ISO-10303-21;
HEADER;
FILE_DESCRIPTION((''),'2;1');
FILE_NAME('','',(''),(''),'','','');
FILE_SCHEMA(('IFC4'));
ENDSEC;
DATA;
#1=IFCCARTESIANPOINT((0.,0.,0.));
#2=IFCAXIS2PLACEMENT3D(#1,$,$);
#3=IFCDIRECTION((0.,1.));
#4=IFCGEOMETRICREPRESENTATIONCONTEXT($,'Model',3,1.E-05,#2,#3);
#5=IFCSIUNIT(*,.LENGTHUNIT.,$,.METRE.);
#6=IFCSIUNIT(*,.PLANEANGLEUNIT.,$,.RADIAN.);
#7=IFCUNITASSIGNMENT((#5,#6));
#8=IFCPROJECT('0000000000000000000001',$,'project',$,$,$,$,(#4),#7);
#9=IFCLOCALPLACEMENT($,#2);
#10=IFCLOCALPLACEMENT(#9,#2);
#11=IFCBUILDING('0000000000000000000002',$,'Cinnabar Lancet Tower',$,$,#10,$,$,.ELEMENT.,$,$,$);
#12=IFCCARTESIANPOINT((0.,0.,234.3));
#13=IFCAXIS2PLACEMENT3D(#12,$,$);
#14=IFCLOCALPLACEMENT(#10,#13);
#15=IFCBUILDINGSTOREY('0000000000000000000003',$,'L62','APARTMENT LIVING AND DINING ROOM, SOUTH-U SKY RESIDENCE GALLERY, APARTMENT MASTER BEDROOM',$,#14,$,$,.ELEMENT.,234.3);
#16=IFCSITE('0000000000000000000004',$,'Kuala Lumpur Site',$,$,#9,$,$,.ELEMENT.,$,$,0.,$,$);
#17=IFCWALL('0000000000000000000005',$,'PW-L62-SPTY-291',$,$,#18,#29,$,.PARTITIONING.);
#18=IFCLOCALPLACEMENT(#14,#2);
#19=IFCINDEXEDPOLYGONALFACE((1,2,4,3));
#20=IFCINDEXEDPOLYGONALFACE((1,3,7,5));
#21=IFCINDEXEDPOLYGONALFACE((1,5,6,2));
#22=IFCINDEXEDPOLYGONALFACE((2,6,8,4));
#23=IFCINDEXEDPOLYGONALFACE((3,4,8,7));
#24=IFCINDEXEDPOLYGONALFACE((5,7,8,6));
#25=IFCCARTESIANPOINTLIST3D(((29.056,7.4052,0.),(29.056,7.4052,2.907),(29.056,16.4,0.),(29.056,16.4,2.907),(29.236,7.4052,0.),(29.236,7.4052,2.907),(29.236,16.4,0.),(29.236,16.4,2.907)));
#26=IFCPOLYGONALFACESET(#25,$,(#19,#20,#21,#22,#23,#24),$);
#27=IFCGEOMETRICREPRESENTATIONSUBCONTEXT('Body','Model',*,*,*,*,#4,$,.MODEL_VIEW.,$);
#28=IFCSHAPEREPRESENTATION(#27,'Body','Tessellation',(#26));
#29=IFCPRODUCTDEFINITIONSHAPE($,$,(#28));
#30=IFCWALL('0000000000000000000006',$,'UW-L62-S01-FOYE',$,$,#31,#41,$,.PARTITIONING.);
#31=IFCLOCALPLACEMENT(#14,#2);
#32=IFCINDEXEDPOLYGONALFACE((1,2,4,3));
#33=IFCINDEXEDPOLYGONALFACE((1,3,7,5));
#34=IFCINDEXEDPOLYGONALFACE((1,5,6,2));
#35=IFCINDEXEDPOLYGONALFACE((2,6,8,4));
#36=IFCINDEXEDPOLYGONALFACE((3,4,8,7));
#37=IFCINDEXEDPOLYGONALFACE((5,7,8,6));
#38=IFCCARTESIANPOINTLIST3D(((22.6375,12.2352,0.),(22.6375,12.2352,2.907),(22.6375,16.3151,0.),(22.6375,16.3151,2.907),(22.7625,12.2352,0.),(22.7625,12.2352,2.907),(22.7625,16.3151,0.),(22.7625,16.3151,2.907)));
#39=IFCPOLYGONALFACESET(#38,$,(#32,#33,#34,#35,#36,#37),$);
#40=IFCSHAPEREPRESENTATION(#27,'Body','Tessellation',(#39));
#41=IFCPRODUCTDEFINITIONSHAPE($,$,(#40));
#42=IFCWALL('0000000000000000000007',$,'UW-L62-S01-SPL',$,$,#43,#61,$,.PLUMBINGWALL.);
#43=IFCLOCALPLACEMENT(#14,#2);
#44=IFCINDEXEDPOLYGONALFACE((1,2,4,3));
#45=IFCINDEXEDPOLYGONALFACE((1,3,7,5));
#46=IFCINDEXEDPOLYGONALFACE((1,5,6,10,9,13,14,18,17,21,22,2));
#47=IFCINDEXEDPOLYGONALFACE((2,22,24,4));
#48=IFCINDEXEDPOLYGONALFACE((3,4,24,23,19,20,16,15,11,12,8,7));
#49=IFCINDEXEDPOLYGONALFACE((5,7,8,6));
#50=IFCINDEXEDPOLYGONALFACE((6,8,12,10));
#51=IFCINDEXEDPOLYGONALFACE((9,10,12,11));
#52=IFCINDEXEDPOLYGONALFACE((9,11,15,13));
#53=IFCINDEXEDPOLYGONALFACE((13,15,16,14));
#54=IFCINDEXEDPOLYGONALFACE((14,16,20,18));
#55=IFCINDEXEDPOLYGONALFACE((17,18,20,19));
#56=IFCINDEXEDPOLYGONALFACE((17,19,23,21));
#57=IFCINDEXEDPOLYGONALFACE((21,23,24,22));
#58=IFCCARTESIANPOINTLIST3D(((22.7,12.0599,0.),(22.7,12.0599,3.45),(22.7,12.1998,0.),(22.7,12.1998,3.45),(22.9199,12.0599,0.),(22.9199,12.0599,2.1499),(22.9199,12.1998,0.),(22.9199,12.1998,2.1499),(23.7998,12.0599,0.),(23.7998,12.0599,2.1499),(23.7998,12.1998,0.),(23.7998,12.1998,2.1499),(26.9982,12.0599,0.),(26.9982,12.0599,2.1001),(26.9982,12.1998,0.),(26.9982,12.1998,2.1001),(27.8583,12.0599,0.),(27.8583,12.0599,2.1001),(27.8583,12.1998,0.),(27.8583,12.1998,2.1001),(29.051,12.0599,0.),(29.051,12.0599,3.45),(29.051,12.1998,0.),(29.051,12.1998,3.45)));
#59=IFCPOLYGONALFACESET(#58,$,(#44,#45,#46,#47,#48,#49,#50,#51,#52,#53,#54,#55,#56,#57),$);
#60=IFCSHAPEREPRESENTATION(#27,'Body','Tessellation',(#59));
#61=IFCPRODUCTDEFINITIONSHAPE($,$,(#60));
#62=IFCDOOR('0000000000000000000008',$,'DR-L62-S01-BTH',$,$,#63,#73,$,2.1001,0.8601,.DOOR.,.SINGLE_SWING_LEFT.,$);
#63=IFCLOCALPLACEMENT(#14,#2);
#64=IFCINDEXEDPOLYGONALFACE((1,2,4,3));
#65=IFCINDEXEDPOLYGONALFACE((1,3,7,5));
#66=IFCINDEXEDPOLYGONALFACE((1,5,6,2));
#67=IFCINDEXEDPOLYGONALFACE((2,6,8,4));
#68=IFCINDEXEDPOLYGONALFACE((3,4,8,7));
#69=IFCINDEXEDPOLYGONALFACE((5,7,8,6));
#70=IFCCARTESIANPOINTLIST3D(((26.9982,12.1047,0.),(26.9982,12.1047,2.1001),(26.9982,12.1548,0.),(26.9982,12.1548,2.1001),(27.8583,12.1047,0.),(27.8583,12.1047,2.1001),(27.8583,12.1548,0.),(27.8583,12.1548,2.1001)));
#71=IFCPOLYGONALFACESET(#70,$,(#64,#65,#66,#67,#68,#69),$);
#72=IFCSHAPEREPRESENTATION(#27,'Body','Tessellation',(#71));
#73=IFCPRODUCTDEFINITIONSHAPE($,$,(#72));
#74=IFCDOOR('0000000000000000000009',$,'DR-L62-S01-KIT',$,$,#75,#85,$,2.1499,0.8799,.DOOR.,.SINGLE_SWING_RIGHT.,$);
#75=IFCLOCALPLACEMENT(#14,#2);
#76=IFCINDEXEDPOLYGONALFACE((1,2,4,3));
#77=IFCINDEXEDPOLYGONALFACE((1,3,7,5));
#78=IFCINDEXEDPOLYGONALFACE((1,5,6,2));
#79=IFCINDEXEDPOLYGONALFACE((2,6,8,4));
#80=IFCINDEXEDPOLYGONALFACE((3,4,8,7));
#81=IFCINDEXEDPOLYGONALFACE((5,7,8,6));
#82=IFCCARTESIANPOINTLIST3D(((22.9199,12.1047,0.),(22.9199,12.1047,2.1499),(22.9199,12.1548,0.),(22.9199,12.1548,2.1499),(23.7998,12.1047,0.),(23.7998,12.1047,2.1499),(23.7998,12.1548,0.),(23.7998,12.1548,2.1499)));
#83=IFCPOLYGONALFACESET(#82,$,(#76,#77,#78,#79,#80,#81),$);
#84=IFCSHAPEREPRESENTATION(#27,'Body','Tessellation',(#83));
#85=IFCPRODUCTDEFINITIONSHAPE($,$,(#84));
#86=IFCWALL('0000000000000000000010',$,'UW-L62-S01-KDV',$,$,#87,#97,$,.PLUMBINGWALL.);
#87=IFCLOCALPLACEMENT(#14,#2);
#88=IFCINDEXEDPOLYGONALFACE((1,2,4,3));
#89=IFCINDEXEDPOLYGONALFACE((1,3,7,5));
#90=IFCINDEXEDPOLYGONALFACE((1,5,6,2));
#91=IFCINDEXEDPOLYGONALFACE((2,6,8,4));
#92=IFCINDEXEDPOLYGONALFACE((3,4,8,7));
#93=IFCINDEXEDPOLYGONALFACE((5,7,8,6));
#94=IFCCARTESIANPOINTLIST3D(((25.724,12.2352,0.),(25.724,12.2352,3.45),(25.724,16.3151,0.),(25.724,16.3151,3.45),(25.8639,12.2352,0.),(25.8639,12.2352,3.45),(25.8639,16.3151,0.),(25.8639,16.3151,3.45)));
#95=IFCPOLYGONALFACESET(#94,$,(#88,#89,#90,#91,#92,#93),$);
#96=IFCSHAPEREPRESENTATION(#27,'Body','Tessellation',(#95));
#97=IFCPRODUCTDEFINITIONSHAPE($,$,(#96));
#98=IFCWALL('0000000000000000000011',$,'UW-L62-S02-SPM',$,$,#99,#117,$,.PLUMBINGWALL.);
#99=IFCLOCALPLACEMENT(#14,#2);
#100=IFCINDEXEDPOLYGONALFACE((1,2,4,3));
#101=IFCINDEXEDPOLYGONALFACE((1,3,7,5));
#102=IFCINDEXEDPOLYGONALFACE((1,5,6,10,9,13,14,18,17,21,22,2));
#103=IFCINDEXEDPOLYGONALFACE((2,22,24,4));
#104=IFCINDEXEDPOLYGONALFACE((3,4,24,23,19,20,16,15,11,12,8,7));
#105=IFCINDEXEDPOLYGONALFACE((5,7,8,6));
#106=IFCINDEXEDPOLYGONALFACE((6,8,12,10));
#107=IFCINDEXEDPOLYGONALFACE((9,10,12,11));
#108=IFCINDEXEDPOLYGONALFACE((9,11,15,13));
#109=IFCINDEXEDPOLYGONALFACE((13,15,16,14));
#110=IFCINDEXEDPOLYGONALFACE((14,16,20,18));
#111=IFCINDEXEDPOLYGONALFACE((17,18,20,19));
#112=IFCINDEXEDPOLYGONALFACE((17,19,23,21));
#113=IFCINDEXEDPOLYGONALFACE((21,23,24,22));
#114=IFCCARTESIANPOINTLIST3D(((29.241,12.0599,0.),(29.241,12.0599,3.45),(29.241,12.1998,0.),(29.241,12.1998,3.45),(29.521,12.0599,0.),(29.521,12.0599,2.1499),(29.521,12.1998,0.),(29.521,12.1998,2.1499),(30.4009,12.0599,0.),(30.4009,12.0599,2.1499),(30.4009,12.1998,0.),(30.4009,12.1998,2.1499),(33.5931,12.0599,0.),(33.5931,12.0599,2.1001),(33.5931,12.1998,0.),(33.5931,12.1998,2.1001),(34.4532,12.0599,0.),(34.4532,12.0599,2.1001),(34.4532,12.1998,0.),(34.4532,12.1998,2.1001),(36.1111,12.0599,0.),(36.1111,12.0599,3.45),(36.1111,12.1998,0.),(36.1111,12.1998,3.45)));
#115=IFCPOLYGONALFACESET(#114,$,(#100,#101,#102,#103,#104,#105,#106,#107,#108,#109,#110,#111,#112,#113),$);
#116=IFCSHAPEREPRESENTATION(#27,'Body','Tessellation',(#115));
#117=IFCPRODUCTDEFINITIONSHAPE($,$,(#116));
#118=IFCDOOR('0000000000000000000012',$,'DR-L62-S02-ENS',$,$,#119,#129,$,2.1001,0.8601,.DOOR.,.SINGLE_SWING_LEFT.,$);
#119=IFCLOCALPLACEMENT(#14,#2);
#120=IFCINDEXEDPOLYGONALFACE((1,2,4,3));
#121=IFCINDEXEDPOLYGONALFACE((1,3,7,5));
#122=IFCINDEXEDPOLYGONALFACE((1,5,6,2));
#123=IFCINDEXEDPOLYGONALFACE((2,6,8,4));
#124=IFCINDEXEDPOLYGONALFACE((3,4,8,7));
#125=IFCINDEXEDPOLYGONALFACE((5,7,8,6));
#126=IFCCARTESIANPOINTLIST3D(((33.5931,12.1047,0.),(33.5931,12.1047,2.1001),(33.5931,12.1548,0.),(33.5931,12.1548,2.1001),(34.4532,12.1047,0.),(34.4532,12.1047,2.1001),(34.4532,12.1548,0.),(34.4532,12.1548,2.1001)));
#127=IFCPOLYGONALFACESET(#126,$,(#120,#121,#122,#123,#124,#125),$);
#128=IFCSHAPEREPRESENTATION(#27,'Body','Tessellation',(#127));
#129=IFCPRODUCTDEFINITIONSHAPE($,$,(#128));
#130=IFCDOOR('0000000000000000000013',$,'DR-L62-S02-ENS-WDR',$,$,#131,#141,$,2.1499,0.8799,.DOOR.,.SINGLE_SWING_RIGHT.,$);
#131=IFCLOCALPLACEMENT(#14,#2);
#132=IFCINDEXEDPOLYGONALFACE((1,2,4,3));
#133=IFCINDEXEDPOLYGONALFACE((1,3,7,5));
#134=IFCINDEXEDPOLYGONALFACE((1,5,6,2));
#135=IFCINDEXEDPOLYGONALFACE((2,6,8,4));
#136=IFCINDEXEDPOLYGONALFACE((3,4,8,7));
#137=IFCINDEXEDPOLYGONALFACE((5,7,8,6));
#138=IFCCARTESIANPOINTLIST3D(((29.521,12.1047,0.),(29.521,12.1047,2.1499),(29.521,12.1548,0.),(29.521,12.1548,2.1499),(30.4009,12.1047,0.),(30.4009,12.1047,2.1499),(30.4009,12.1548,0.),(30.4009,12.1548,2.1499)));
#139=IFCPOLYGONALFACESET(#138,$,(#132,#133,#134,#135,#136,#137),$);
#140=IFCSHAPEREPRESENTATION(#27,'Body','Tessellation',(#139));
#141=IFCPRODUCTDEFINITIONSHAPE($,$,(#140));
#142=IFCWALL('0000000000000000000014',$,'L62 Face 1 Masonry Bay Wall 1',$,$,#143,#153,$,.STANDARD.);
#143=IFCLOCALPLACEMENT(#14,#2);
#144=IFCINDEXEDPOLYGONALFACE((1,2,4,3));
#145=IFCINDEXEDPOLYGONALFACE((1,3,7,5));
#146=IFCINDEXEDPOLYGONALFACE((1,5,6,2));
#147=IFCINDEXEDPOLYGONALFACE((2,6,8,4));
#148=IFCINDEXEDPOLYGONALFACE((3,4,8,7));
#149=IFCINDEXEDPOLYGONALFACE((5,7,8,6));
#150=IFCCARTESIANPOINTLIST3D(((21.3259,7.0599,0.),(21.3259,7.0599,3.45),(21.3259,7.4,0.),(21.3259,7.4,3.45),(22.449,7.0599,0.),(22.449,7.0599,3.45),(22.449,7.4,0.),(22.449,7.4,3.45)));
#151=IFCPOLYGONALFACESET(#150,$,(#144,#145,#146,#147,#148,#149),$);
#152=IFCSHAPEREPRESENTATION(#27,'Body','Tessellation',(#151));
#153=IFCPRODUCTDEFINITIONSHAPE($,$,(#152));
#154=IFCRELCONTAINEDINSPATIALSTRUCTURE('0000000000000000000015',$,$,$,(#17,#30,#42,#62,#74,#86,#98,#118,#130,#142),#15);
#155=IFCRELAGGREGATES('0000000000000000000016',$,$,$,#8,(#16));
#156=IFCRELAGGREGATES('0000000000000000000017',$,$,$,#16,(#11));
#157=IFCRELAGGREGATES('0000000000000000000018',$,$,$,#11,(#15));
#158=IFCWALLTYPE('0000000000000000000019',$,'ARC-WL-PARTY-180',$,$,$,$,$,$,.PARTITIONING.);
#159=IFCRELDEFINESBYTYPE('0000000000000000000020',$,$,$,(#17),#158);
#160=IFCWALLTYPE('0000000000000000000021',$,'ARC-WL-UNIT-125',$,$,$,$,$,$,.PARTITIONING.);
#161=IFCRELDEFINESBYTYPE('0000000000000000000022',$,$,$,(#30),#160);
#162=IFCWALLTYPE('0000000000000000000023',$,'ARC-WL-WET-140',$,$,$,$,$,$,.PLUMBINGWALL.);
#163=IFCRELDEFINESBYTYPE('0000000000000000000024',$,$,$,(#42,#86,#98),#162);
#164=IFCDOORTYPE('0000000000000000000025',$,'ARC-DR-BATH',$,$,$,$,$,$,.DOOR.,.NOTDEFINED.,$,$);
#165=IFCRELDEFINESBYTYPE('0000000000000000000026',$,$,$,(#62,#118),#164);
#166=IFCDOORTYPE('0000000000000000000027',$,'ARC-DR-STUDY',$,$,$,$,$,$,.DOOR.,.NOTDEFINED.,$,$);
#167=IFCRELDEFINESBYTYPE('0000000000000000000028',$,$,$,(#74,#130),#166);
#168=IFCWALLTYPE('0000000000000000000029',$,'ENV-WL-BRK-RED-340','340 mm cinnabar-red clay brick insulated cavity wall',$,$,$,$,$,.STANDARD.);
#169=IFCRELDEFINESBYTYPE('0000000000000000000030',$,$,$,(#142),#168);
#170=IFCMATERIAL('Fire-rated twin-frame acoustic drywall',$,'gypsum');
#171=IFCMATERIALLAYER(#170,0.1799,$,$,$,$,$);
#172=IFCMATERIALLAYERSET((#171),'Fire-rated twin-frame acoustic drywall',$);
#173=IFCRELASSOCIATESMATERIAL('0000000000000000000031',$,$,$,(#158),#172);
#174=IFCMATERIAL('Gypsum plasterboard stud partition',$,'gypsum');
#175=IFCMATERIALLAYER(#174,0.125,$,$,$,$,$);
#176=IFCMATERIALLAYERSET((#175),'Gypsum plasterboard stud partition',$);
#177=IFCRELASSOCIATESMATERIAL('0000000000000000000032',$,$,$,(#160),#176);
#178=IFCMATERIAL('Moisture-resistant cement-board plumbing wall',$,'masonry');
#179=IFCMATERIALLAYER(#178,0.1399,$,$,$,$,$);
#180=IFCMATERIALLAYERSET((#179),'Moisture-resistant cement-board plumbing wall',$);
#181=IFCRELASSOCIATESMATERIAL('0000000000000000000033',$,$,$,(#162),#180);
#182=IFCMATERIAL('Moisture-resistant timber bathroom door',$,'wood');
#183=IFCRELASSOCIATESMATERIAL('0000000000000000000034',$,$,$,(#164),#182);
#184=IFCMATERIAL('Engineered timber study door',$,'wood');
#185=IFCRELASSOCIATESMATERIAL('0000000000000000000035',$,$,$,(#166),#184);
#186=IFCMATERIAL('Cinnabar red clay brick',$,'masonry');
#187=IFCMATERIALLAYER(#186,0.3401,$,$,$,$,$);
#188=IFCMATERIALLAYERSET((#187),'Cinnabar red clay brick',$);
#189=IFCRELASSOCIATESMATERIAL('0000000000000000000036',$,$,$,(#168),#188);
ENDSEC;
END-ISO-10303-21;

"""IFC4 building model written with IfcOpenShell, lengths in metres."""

from ifc_helpers import new_model, si_unit, direction, frame, frame_2d, origin, place, context, subcontext, project, spatial, rectangle, extrude, material, layer, layer_set, type_object, element, fill, save


model = new_model("IFC4")

# Units and contexts
model_context = context("Model", 3, precision=1e-05, world=origin(), true_north=direction((0.0, 1.0)))
body_context = subcontext(model_context, "Body", "Model", "MODEL_VIEW")
ifc_project = project(units=[si_unit("LENGTHUNIT", "METRE"), si_unit("PLANEANGLEUNIT", "RADIAN")], contexts=[model_context])

# Site, building, storey
site_placement = place(None, origin())
site = spatial("IfcSite", under=ifc_project, at=site_placement, Name="Kuala Lumpur Site", CompositionType="ELEMENT", RefElevation=0.0)
building_placement = place(site_placement, origin())
building = spatial("IfcBuilding", under=site, at=building_placement, Name="Cinnabar Lancet Tower", CompositionType="ELEMENT")
storey_placement = place(building_placement, frame((0.0, 0.0, 234.3)))
storey = spatial("IfcBuildingStorey", under=building, at=storey_placement, Name="L62", Description="APARTMENT LIVING AND DINING ROOM, SOUTH-U SKY RESIDENCE GALLERY, APARTMENT MASTER BEDROOM", CompositionType="ELEMENT", Elevation=234.3)

# Walls
ifc_material_1 = material(Name="Fire-rated twin-frame acoustic drywall", Category="gypsum")
ifc_layer_1 = layer(ifc_material_1, 0.1799)
ifc_layer_set_1 = layer_set([ifc_layer_1], Name="Fire-rated twin-frame acoustic drywall")
wall_type_1 = type_object("IfcWallType", Name="ARC-WL-PARTY-180", PredefinedType="PARTITIONING", material=ifc_layer_set_1)
wall_1_placement = place(storey_placement, frame((29.146, 7.405, 0.0), z_axis=(0.0, 0.0, 1.0), x_axis=(0.0, 1.0, 0.0)))
element("IfcWall", 1, at=wall_1_placement, inside=storey, type_object=wall_type_1, Name="PW-L62-SPTY-291", PredefinedType="PARTITIONING", context=body_context, shape_type="SweptSolid", body=[
    extrude(rectangle(XDim=8.9949, YDim=0.1799, at=frame_2d((4.4976, 0.0))), origin(), (0.0, 0.0, 1.0), 2.907),
])
ifc_material_2 = material(Name="Gypsum plasterboard stud partition", Category="gypsum")
ifc_layer_2 = layer(ifc_material_2, 0.125)
ifc_layer_set_2 = layer_set([ifc_layer_2], Name="Gypsum plasterboard stud partition")
wall_type_2 = type_object("IfcWallType", Name="ARC-WL-UNIT-125", PredefinedType="PARTITIONING", material=ifc_layer_set_2)
wall_2_placement = place(storey_placement, frame((22.7, 12.2351, 0.0), z_axis=(0.0, 0.0, 1.0), x_axis=(0.0, 1.0, 0.0)))
element("IfcWall", 2, at=wall_2_placement, inside=storey, type_object=wall_type_2, Name="UW-L62-S01-FOYE", PredefinedType="PARTITIONING", context=body_context, shape_type="SweptSolid", body=[
    extrude(rectangle(XDim=4.0798, YDim=0.125, at=frame_2d((2.04, 0.0))), origin(), (0.0, 0.0, 1.0), 2.907),
])

# Wall, openings, doors
ifc_material_3 = material(Name="Moisture-resistant cement-board plumbing wall", Category="masonry")
ifc_layer_3 = layer(ifc_material_3, 0.1399)
ifc_layer_set_3 = layer_set([ifc_layer_3], Name="Moisture-resistant cement-board plumbing wall")
wall_type_3 = type_object("IfcWallType", Name="ARC-WL-WET-140", PredefinedType="PLUMBINGWALL", material=ifc_layer_set_3)
wall_3_placement = place(storey_placement, frame((22.7, 12.1299, 0.0), z_axis=(0.0, 0.0, 1.0), x_axis=(1.0, 0.0, 0.0)))
wall_3 = element("IfcWall", 3, at=wall_3_placement, inside=storey, type_object=wall_type_3, Name="UW-L62-S01-SPL", PredefinedType="PLUMBINGWALL", context=body_context, shape_type="SweptSolid", body=[
    extrude(rectangle(XDim=6.3511, YDim=0.1399, at=frame_2d((3.1755, 0.0))), origin(), (0.0, 0.0, 1.0), 3.45),
])
opening_1_placement = place(wall_3_placement, frame((4.2981, 0.0, 0.0)))
opening_1 = element("IfcOpeningElement", 4, at=opening_1_placement, cuts=wall_3, PredefinedType="OPENING", context=body_context, shape_type="SweptSolid", body=[
    extrude(rectangle(XDim=0.8601, YDim=2.1001, at=frame_2d((0.4302, 1.05))), frame((0.0, 0.0798, 0.0), z_axis=(0.0, -1.0, 0.0), x_axis=(1.0, 0.0, 0.0)), (0.0, 0.0, 1.0), 0.1599),
])
opening_2_placement = place(wall_3_placement, frame((0.22, 0.0, 0.0)))
opening_2 = element("IfcOpeningElement", 5, at=opening_2_placement, cuts=wall_3, PredefinedType="OPENING", context=body_context, shape_type="SweptSolid", body=[
    extrude(rectangle(XDim=0.8799, YDim=2.1499, at=frame_2d((0.4399, 1.075))), frame((0.0, 0.0798, 0.0), z_axis=(0.0, -1.0, 0.0), x_axis=(1.0, 0.0, 0.0)), (0.0, 0.0, 1.0), 0.1599),
])
ifc_material_4 = material(Name="Moisture-resistant timber bathroom door", Category="wood")
door_type_1 = type_object("IfcDoorType", Name="ARC-DR-BATH", OperationType="NOTDEFINED", PredefinedType="DOOR", material=ifc_material_4)
door_1_placement = place(opening_1_placement, origin())
door_1 = element("IfcDoor", 6, at=door_1_placement, inside=storey, type_object=door_type_1, Name="DR-L62-S01-BTH", OperationType="SINGLE_SWING_LEFT", OverallHeight=2.1001, OverallWidth=0.8601, PredefinedType="DOOR", context=body_context, shape_type="SweptSolid", body=[
    extrude(rectangle(XDim=0.8601, YDim=2.1001, at=frame_2d((0.4302, 1.05))), frame((0.0, 0.0249, 0.0), z_axis=(0.0, -1.0, 0.0), x_axis=(1.0, 0.0, 0.0)), (0.0, 0.0, 1.0), 0.05),
])
fill(opening_1, door_1)
ifc_material_5 = material(Name="Engineered timber study door", Category="wood")
door_type_2 = type_object("IfcDoorType", Name="ARC-DR-STUDY", OperationType="NOTDEFINED", PredefinedType="DOOR", material=ifc_material_5)
door_2_placement = place(opening_2_placement, origin())
door_2 = element("IfcDoor", 7, at=door_2_placement, inside=storey, type_object=door_type_2, Name="DR-L62-S01-KIT", OperationType="SINGLE_SWING_RIGHT", OverallHeight=2.1499, OverallWidth=0.8799, PredefinedType="DOOR", context=body_context, shape_type="SweptSolid", body=[
    extrude(rectangle(XDim=0.8799, YDim=2.1499, at=frame_2d((0.4399, 1.075))), frame((0.0, 0.0249, 0.0), z_axis=(0.0, -1.0, 0.0), x_axis=(1.0, 0.0, 0.0)), (0.0, 0.0, 1.0), 0.05),
])
fill(opening_2, door_2)

# Wall
wall_4_placement = place(storey_placement, frame((25.7939, 12.2351, 0.0), z_axis=(0.0, 0.0, 1.0), x_axis=(0.0, 1.0, 0.0)))
element("IfcWall", 8, at=wall_4_placement, inside=storey, type_object=wall_type_3, Name="UW-L62-S01-KDV", PredefinedType="PLUMBINGWALL", context=body_context, shape_type="SweptSolid", body=[
    extrude(rectangle(XDim=4.0798, YDim=0.1399, at=frame_2d((2.04, 0.0))), origin(), (0.0, 0.0, 1.0), 3.45),
])

# Wall, openings, doors
wall_5_placement = place(storey_placement, frame((29.241, 12.1299, 0.0), z_axis=(0.0, 0.0, 1.0), x_axis=(1.0, 0.0, 0.0)))
wall_5 = element("IfcWall", 9, at=wall_5_placement, inside=storey, type_object=wall_type_3, Name="UW-L62-S02-SPM", PredefinedType="PLUMBINGWALL", context=body_context, shape_type="SweptSolid", body=[
    extrude(rectangle(XDim=6.8701, YDim=0.1399, at=frame_2d((3.4351, 0.0))), origin(), (0.0, 0.0, 1.0), 3.45),
])
opening_3_placement = place(wall_5_placement, frame((0.28, 0.0, 0.0)))
opening_3 = element("IfcOpeningElement", 10, at=opening_3_placement, cuts=wall_5, PredefinedType="OPENING", context=body_context, shape_type="SweptSolid", body=[
    extrude(rectangle(XDim=0.8799, YDim=2.1499, at=frame_2d((0.4399, 1.075))), frame((0.0, 0.0798, 0.0), z_axis=(0.0, -1.0, 0.0), x_axis=(1.0, 0.0, 0.0)), (0.0, 0.0, 1.0), 0.1599),
])
opening_4_placement = place(wall_5_placement, frame((4.3521, 0.0, 0.0)))
opening_4 = element("IfcOpeningElement", 11, at=opening_4_placement, cuts=wall_5, PredefinedType="OPENING", context=body_context, shape_type="SweptSolid", body=[
    extrude(rectangle(XDim=0.8601, YDim=2.1001, at=frame_2d((0.4302, 1.05))), frame((0.0, 0.0798, 0.0), z_axis=(0.0, -1.0, 0.0), x_axis=(1.0, 0.0, 0.0)), (0.0, 0.0, 1.0), 0.1599),
])
door_3_placement = place(opening_4_placement, origin())
door_3 = element("IfcDoor", 12, at=door_3_placement, inside=storey, type_object=door_type_1, Name="DR-L62-S02-ENS", OperationType="SINGLE_SWING_LEFT", OverallHeight=2.1001, OverallWidth=0.8601, PredefinedType="DOOR", context=body_context, shape_type="SweptSolid", body=[
    extrude(rectangle(XDim=0.8601, YDim=2.1001, at=frame_2d((0.4302, 1.05))), frame((0.0, 0.0249, 0.0), z_axis=(0.0, -1.0, 0.0), x_axis=(1.0, 0.0, 0.0)), (0.0, 0.0, 1.0), 0.05),
])
fill(opening_4, door_3)
door_4_placement = place(opening_3_placement, origin())
door_4 = element("IfcDoor", 13, at=door_4_placement, inside=storey, type_object=door_type_2, Name="DR-L62-S02-ENS-WDR", OperationType="SINGLE_SWING_RIGHT", OverallHeight=2.1499, OverallWidth=0.8799, PredefinedType="DOOR", context=body_context, shape_type="SweptSolid", body=[
    extrude(rectangle(XDim=0.8799, YDim=2.1499, at=frame_2d((0.4399, 1.075))), frame((0.0, 0.0249, 0.0), z_axis=(0.0, -1.0, 0.0), x_axis=(1.0, 0.0, 0.0)), (0.0, 0.0, 1.0), 0.05),
])
fill(opening_3, door_4)

# Wall
ifc_material_6 = material(Name="Cinnabar red clay brick", Category="masonry")
ifc_layer_4 = layer(ifc_material_6, 0.3401)
ifc_layer_set_4 = layer_set([ifc_layer_4], Name="Cinnabar red clay brick")
wall_type_4 = type_object("IfcWallType", Name="ENV-WL-BRK-RED-340", Description="340 mm cinnabar-red clay brick insulated cavity wall", PredefinedType="STANDARD", material=ifc_layer_set_4)
wall_6_placement = place(storey_placement, frame((21.3259, 7.23, 0.0), z_axis=(0.0, 0.0, 1.0), x_axis=(1.0, 0.0, 0.0)))
element("IfcWall", 14, at=wall_6_placement, inside=storey, type_object=wall_type_4, Name="L62 Face 1 Masonry Bay Wall 1", PredefinedType="STANDARD", context=body_context, shape_type="SweptSolid", body=[
    extrude(rectangle(XDim=1.123, YDim=0.3401, at=frame_2d((0.5615, 0.0))), origin(), (0.0, 0.0, 1.0), 3.45),
])

save(model, "model.ifc")
